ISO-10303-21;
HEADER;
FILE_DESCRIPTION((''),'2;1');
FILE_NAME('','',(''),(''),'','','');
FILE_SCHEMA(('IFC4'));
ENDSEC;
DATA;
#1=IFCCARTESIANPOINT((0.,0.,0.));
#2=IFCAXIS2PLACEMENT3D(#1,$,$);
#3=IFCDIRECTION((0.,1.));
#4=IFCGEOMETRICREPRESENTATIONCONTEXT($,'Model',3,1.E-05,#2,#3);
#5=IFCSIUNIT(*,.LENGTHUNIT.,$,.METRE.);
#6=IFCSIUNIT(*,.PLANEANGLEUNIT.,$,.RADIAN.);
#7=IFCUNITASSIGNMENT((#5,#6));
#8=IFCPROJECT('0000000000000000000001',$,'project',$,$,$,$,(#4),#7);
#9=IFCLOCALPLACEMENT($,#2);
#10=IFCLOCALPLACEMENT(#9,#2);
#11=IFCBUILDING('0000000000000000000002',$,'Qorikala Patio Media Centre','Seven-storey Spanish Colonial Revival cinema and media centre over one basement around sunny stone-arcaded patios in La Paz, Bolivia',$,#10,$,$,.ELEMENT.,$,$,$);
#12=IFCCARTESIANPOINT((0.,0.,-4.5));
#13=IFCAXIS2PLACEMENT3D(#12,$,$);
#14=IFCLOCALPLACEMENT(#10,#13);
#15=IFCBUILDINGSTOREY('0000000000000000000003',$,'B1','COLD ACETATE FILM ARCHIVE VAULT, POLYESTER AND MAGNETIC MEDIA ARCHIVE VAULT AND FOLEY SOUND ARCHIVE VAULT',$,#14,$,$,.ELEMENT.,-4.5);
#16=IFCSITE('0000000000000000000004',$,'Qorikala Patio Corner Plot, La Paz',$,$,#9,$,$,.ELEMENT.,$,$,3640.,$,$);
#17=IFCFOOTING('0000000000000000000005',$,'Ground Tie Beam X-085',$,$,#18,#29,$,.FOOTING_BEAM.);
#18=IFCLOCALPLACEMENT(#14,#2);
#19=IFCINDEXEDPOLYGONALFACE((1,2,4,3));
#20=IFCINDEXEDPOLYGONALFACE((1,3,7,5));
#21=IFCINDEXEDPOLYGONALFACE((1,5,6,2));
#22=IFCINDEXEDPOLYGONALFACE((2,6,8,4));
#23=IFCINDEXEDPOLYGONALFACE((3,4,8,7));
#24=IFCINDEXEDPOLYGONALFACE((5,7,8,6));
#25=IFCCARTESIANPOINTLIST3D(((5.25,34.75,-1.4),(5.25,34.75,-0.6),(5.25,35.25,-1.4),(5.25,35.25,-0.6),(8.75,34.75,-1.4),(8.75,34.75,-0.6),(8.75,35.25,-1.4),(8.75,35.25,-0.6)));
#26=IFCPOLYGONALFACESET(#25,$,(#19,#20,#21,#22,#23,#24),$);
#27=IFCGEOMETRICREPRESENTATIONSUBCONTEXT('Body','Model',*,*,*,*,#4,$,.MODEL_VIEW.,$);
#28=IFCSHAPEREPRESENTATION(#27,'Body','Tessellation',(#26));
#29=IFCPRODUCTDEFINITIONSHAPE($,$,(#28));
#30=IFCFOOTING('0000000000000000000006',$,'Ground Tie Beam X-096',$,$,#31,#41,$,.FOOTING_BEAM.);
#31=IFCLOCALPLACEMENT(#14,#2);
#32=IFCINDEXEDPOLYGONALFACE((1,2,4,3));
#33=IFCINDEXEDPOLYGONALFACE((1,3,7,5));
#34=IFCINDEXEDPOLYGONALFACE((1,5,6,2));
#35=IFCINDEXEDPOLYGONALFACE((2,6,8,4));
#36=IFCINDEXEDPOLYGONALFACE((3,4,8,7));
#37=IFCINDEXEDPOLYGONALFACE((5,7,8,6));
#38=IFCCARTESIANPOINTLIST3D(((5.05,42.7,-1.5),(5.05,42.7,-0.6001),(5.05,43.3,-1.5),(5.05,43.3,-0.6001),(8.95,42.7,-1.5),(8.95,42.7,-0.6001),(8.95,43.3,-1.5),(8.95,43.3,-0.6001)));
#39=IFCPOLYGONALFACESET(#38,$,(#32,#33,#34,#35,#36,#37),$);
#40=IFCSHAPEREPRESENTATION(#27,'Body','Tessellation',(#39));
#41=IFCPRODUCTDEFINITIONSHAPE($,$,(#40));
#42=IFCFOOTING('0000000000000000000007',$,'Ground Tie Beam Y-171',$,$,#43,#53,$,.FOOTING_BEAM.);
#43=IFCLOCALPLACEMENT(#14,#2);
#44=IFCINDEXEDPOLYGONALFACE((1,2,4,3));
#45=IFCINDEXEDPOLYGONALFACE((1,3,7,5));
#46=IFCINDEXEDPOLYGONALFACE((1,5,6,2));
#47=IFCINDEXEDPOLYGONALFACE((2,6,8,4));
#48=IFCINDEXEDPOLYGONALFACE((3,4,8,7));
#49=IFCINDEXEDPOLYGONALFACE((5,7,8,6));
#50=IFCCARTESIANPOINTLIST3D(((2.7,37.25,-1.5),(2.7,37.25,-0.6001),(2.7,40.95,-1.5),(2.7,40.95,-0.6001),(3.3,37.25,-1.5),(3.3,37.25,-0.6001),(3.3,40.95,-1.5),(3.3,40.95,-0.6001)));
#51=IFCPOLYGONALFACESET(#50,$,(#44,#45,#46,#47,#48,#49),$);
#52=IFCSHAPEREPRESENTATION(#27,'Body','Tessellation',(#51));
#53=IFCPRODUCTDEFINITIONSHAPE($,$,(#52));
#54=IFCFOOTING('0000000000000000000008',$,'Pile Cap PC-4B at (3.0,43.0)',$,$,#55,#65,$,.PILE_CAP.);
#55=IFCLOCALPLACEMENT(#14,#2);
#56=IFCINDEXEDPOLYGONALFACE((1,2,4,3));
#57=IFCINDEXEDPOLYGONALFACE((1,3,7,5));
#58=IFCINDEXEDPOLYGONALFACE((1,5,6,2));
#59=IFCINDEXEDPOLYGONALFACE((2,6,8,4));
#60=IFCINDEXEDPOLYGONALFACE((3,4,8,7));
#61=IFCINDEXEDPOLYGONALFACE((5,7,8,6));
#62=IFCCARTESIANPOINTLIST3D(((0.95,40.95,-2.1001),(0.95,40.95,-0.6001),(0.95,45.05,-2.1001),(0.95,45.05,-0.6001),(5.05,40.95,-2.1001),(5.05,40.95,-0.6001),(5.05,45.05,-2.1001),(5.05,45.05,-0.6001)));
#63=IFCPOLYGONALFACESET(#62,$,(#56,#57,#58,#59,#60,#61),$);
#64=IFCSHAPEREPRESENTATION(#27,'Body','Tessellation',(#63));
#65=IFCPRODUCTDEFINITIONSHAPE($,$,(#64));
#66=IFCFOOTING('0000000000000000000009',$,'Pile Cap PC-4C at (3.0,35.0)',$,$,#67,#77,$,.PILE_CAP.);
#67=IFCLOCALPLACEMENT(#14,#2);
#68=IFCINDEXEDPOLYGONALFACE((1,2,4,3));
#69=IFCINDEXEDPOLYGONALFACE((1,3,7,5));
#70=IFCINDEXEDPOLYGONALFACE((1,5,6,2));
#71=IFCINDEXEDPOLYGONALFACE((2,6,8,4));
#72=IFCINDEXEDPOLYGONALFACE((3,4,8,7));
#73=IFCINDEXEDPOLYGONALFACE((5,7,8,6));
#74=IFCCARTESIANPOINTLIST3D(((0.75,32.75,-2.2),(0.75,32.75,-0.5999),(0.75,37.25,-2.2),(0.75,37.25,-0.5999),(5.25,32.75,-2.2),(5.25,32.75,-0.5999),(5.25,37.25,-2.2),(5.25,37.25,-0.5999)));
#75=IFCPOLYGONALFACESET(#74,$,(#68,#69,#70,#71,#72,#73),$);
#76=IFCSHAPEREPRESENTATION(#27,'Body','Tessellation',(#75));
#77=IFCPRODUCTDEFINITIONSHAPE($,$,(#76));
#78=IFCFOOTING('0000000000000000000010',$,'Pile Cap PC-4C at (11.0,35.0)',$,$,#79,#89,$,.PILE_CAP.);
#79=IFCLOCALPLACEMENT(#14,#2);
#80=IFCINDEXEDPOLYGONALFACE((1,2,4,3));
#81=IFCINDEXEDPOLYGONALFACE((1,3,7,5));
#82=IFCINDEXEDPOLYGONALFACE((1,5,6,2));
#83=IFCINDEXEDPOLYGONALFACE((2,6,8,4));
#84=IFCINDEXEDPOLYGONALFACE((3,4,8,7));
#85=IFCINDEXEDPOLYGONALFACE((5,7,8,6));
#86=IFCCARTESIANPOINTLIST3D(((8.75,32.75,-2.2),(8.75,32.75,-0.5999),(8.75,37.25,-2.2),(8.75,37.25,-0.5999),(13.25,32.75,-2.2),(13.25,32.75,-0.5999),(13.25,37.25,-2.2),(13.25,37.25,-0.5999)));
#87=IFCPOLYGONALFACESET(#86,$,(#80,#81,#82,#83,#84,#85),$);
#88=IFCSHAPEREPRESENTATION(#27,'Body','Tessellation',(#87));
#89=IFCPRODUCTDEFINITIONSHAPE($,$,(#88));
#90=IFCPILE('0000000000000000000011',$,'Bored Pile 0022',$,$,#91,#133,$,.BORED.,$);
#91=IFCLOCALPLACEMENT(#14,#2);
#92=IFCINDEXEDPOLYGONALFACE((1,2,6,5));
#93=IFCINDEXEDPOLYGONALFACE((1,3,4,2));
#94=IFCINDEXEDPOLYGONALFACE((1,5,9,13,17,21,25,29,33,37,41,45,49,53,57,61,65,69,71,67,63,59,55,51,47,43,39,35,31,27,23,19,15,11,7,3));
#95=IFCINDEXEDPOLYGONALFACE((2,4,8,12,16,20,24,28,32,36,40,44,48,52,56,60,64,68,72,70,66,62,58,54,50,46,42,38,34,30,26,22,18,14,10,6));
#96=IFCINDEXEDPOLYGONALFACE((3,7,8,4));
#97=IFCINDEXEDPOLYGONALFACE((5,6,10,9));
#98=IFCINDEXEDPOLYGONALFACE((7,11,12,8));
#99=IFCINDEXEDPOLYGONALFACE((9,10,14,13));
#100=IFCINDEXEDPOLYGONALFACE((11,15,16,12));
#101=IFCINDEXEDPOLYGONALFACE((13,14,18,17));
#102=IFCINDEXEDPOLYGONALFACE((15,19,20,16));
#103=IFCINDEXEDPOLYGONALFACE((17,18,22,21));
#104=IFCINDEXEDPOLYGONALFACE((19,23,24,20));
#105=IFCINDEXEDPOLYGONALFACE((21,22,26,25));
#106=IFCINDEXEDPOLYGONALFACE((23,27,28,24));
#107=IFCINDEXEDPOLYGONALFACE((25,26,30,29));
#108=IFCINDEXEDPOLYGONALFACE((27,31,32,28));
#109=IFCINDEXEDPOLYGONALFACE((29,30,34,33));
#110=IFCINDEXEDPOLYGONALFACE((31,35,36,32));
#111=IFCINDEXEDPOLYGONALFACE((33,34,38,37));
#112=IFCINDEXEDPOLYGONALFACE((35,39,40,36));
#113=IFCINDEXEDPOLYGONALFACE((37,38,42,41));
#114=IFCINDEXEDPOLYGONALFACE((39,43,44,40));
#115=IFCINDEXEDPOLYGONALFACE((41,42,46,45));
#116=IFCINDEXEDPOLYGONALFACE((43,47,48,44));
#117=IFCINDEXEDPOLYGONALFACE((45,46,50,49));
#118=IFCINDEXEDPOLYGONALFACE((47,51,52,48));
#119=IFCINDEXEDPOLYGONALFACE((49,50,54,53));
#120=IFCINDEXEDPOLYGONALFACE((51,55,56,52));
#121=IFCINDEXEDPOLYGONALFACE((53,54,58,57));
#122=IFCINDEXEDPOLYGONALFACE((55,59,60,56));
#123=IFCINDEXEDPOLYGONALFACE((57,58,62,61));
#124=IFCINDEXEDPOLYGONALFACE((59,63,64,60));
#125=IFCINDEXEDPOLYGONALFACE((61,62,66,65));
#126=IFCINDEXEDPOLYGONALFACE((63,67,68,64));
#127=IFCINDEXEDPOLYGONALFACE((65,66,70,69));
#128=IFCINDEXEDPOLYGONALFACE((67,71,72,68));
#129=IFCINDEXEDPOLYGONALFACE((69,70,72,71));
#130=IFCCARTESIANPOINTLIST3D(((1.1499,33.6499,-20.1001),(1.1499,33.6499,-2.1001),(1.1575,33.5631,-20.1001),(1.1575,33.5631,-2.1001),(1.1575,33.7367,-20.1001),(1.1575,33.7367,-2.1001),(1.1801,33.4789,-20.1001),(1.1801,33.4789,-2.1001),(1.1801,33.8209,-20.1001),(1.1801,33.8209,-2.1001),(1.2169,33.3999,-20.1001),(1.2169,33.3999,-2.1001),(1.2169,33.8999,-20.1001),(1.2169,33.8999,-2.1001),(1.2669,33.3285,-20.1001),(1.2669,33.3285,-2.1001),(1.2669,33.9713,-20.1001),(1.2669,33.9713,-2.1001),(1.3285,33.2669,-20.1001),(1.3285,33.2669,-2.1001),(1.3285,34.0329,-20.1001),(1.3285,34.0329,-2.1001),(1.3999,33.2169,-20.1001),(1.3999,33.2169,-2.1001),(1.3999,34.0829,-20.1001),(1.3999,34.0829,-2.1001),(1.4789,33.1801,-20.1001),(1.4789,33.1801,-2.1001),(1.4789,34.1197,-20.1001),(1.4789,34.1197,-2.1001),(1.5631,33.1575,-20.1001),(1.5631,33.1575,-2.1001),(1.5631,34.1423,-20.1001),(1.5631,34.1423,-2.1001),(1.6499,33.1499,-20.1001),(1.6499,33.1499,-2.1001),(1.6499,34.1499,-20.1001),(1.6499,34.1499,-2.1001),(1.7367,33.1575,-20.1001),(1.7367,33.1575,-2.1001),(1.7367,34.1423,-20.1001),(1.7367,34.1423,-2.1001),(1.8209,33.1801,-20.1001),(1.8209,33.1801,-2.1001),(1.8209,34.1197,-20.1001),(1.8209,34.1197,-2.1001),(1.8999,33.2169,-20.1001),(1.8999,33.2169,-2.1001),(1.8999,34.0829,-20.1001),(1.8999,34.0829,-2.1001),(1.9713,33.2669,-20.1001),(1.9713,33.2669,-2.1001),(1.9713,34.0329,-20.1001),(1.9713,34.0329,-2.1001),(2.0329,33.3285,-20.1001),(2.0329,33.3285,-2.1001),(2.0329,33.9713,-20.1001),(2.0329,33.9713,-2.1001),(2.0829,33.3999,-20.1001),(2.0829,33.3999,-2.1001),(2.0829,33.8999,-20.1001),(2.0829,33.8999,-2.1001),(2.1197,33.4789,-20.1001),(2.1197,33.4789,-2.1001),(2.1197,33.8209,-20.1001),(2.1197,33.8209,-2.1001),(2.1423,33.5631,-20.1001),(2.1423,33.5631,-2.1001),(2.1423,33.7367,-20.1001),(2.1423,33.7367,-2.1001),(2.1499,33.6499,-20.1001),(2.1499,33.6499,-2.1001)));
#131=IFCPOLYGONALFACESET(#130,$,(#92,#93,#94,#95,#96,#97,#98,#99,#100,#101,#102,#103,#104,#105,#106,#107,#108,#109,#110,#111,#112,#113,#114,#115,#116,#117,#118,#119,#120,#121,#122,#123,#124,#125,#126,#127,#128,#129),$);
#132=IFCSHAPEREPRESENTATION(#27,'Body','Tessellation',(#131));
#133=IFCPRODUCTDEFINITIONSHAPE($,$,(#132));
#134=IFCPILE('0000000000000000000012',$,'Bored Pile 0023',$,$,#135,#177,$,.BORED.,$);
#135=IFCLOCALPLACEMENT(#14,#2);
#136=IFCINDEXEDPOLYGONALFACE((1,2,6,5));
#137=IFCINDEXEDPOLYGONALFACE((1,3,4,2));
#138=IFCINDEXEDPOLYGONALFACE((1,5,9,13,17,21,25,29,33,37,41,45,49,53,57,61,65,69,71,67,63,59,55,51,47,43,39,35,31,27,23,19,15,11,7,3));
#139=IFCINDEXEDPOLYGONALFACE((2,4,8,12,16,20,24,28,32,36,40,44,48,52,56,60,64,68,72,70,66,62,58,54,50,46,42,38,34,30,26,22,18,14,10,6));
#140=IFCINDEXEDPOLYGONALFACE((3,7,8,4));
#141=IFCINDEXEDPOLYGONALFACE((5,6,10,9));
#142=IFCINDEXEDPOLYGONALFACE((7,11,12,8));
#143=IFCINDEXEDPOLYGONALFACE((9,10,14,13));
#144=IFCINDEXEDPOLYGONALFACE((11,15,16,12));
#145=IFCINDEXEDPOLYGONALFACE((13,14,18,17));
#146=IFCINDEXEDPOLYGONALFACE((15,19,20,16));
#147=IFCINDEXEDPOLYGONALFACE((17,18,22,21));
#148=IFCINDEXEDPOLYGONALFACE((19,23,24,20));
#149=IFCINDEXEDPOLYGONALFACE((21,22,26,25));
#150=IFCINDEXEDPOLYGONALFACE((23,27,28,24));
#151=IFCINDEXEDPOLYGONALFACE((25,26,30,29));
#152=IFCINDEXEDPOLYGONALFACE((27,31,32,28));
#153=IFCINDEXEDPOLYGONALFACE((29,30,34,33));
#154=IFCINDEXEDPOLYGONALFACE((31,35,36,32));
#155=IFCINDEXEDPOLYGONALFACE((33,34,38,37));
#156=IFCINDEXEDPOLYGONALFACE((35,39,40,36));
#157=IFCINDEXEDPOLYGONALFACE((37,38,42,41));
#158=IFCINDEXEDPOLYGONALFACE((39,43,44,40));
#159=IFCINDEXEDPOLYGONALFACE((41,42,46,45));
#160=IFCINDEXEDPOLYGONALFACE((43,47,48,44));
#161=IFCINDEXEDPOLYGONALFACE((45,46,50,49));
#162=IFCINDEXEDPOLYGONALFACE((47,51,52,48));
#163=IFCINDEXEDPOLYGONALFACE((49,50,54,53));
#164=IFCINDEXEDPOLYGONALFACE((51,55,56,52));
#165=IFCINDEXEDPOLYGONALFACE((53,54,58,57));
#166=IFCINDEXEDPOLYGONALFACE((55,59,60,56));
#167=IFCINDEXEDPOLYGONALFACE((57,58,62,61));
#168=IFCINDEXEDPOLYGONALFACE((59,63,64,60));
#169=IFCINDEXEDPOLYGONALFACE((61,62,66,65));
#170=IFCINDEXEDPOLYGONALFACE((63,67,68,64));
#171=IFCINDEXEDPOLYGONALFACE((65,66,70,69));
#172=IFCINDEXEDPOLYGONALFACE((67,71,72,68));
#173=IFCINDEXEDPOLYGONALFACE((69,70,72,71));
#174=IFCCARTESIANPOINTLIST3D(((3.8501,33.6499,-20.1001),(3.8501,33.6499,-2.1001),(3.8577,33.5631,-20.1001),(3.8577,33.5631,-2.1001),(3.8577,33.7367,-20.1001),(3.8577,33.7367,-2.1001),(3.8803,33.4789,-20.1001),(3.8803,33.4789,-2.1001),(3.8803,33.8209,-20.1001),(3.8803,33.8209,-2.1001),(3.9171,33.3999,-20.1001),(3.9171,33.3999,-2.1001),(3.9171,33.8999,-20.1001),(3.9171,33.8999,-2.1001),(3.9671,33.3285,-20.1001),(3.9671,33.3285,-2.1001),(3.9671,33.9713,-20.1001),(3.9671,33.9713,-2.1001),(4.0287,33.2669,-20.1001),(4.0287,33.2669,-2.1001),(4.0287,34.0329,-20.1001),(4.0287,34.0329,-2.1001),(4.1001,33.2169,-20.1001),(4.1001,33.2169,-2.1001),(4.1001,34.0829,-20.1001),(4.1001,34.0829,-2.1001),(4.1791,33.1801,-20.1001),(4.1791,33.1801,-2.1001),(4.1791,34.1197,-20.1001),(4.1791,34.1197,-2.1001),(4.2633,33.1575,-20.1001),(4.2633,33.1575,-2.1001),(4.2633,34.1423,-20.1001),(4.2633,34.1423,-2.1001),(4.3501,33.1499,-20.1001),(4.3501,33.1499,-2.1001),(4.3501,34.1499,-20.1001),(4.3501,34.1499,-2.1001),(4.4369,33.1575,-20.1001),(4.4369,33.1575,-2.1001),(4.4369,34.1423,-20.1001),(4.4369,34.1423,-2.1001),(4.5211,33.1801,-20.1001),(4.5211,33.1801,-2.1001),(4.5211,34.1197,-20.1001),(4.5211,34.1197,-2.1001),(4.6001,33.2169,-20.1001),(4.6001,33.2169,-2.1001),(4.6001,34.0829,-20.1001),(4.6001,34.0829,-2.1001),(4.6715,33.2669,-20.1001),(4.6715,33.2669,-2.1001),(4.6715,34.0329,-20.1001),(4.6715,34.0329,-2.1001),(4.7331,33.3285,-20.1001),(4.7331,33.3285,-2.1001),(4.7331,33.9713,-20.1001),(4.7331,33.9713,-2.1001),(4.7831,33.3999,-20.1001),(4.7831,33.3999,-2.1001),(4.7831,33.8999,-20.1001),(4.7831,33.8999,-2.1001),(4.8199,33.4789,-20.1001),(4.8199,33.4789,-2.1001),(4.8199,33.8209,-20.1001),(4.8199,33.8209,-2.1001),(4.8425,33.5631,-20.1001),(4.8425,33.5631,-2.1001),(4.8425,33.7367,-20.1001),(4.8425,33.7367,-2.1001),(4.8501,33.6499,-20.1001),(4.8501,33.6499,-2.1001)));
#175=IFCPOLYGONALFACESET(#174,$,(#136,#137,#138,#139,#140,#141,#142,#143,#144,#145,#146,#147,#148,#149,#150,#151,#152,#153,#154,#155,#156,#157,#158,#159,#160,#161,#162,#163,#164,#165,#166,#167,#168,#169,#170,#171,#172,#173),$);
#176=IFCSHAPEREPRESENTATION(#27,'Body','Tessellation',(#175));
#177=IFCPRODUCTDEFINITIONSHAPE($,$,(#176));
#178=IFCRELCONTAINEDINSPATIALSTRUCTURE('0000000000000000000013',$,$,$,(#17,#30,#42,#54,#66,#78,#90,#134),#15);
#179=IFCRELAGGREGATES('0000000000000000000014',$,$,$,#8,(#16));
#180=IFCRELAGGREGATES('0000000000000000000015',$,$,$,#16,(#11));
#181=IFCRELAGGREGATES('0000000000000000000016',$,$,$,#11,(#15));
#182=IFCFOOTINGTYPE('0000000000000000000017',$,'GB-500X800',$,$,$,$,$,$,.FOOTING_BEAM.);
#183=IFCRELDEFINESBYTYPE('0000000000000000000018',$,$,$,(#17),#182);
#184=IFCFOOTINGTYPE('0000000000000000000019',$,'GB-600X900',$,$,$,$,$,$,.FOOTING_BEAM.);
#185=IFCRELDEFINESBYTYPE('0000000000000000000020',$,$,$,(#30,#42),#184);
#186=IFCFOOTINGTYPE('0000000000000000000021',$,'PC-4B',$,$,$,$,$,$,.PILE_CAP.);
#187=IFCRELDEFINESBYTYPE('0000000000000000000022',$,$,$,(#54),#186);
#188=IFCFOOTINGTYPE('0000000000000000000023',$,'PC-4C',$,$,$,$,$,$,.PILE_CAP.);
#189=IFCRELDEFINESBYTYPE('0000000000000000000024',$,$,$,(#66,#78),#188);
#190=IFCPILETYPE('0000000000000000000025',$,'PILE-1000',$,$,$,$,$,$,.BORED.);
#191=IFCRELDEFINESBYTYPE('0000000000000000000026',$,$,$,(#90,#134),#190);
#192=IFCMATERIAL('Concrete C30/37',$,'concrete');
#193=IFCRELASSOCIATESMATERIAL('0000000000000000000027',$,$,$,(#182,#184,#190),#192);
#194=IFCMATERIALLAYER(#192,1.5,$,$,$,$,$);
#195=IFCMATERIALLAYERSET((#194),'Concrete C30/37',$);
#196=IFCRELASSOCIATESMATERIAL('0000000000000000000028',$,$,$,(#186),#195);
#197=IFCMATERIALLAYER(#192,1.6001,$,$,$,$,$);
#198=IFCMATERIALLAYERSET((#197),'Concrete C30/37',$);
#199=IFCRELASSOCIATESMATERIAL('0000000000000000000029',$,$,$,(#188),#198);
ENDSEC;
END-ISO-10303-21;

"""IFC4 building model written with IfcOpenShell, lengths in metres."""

from ifc_helpers import new_model, si_unit, direction, frame, origin, origin_2d, place, context, subcontext, project, spatial, rectangle, circle, extrude, material, layer, layer_set, material_profile, profile_set, type_object, element, save


model = new_model("IFC4")

# Units and contexts
model_context = context("Model", 3, precision=1e-05, world=origin(), true_north=direction((0.0, 1.0)))
body_context = subcontext(model_context, "Body", "Model", "MODEL_VIEW")
ifc_project = project(units=[si_unit("LENGTHUNIT", "METRE"), si_unit("PLANEANGLEUNIT", "RADIAN")], contexts=[model_context])

# Site, building, storey
site_placement = place(None, origin())
site = spatial("IfcSite", under=ifc_project, at=site_placement, Name="Qorikala Patio Corner Plot, La Paz", CompositionType="ELEMENT", RefElevation=3640.0)
building_placement = place(site_placement, origin())
building = spatial("IfcBuilding", under=site, at=building_placement, Name="Qorikala Patio Media Centre", Description="Seven-storey Spanish Colonial Revival cinema and media centre over one basement around sunny stone-arcaded patios in La Paz, Bolivia", CompositionType="ELEMENT")
storey_placement = place(building_placement, frame((0.0, 0.0, -4.5)))
storey = spatial("IfcBuildingStorey", under=building, at=storey_placement, Name="B1", Description="COLD ACETATE FILM ARCHIVE VAULT, POLYESTER AND MAGNETIC MEDIA ARCHIVE VAULT AND FOLEY SOUND ARCHIVE VAULT", CompositionType="ELEMENT", Elevation=-4.5)

# Footings
ifc_material_1 = material(Name="Concrete C30/37", Category="concrete")
ifc_material_profile_1 = material_profile(ifc_material_1, rectangle(XDim=0.5, YDim=0.8, at=origin_2d()), Name="RC 500x800")
ifc_profile_set_1 = profile_set([ifc_material_profile_1], Name="Concrete C30/37")
footing_type_1 = type_object("IfcFootingType", Name="GB-500X800", PredefinedType="FOOTING_BEAM", material=ifc_profile_set_1)
footing_1_placement = place(storey_placement, frame((5.25, 35.0, -1.0), z_axis=(1.0, 0.0, 0.0), x_axis=(0.0, 1.0, 0.0)))
element("IfcFooting", 1, at=footing_1_placement, inside=storey, type_object=footing_type_1, Name="Ground Tie Beam X-085", PredefinedType="FOOTING_BEAM", context=body_context, shape_type="SweptSolid", body=[
    extrude(rectangle(XDim=0.5, YDim=0.8, at=origin_2d()), origin(), (0.0, 0.0, 1.0), 3.5),
])
ifc_material_profile_2 = material_profile(ifc_material_1, rectangle(XDim=0.6001, YDim=0.8999, at=origin_2d()), Name="RC 600x900")
ifc_profile_set_2 = profile_set([ifc_material_profile_2], Name="Concrete C30/37")
footing_type_2 = type_object("IfcFootingType", Name="GB-600X900", PredefinedType="FOOTING_BEAM", material=ifc_profile_set_2)
footing_2_placement = place(storey_placement, frame((5.05, 43.0, -1.05), z_axis=(1.0, 0.0, 0.0), x_axis=(0.0, 1.0, 0.0)))
element("IfcFooting", 2, at=footing_2_placement, inside=storey, type_object=footing_type_2, Name="Ground Tie Beam X-096", PredefinedType="FOOTING_BEAM", context=body_context, shape_type="SweptSolid", body=[
    extrude(rectangle(XDim=0.6001, YDim=0.8999, at=origin_2d()), origin(), (0.0, 0.0, 1.0), 3.8999),
])
footing_3_placement = place(storey_placement, frame((3.0, 37.25, -1.05), z_axis=(0.0, 1.0, 0.0), x_axis=(-1.0, 0.0, 0.0)))
element("IfcFooting", 3, at=footing_3_placement, inside=storey, type_object=footing_type_2, Name="Ground Tie Beam Y-171", PredefinedType="FOOTING_BEAM", context=body_context, shape_type="SweptSolid", body=[
    extrude(rectangle(XDim=0.6001, YDim=0.8999, at=origin_2d()), origin(), (0.0, 0.0, 1.0), 3.7),
])
ifc_layer_1 = layer(ifc_material_1, 1.5)
ifc_layer_set_1 = layer_set([ifc_layer_1], Name="Concrete C30/37")
footing_type_3 = type_object("IfcFootingType", Name="PC-4B", PredefinedType="PILE_CAP", material=ifc_layer_set_1)
footing_4_placement = place(storey_placement, frame((3.0, 43.0, -2.1001), z_axis=(0.0, 0.0, 1.0), x_axis=(1.0, 0.0, 0.0)))
element("IfcFooting", 4, at=footing_4_placement, inside=storey, type_object=footing_type_3, Name="Pile Cap PC-4B at (3.0,43.0)", PredefinedType="PILE_CAP", context=body_context, shape_type="SweptSolid", body=[
    extrude(rectangle(XDim=4.1001, YDim=4.1001, at=origin_2d()), origin(), (0.0, 0.0, 1.0), 1.5),
])
ifc_layer_2 = layer(ifc_material_1, 1.6001)
ifc_layer_set_2 = layer_set([ifc_layer_2], Name="Concrete C30/37")
footing_type_4 = type_object("IfcFootingType", Name="PC-4C", PredefinedType="PILE_CAP", material=ifc_layer_set_2)
for number, where, z_axis, x_axis, name in (
    (5, (3.0, 35.0, -2.2), (0.0, 0.0, 1.0), (1.0, 0.0, 0.0), "Pile Cap PC-4C at (3.0,35.0)"),
    (6, (11.0, 35.0, -2.2), (0.0, 0.0, 1.0), (1.0, 0.0, 0.0), "Pile Cap PC-4C at (11.0,35.0)"),
):
    element("IfcFooting", number, at=place(storey_placement, frame(where, z_axis=z_axis, x_axis=x_axis)), inside=storey, type_object=footing_type_4, Name=name, PredefinedType="PILE_CAP", context=body_context, shape_type="SweptSolid", body=[
        extrude(rectangle(XDim=4.5, YDim=4.5, at=origin_2d()), origin(), (0.0, 0.0, 1.0), 1.6001),
    ])

# Piles
ifc_material_profile_3 = material_profile(ifc_material_1, circle(Radius=0.5, at=origin_2d()), Name="BORED PILE 1000")
ifc_profile_set_3 = profile_set([ifc_material_profile_3], Name="Concrete C30/37")
pile_type_1 = type_object("IfcPileType", Name="PILE-1000", PredefinedType="BORED", material=ifc_profile_set_3)
for number, where, z_axis, x_axis, name in (
    (7, (1.6499, 33.6499, -2.1001), (0.0, 0.0, -1.0), (1.0, 0.0, 0.0), "Bored Pile 0022"),
    (8, (4.3501, 33.6499, -2.1001), (0.0, 0.0, -1.0), (1.0, 0.0, 0.0), "Bored Pile 0023"),
):
    element("IfcPile", number, at=place(storey_placement, frame(where, z_axis=z_axis, x_axis=x_axis)), inside=storey, type_object=pile_type_1, Name=name, PredefinedType="BORED", context=body_context, shape_type="SweptSolid", body=[
        extrude(circle(Radius=0.5, at=origin_2d()), origin(), (0.0, 0.0, 1.0), 18.0),
    ])

save(model, "model.ifc")
